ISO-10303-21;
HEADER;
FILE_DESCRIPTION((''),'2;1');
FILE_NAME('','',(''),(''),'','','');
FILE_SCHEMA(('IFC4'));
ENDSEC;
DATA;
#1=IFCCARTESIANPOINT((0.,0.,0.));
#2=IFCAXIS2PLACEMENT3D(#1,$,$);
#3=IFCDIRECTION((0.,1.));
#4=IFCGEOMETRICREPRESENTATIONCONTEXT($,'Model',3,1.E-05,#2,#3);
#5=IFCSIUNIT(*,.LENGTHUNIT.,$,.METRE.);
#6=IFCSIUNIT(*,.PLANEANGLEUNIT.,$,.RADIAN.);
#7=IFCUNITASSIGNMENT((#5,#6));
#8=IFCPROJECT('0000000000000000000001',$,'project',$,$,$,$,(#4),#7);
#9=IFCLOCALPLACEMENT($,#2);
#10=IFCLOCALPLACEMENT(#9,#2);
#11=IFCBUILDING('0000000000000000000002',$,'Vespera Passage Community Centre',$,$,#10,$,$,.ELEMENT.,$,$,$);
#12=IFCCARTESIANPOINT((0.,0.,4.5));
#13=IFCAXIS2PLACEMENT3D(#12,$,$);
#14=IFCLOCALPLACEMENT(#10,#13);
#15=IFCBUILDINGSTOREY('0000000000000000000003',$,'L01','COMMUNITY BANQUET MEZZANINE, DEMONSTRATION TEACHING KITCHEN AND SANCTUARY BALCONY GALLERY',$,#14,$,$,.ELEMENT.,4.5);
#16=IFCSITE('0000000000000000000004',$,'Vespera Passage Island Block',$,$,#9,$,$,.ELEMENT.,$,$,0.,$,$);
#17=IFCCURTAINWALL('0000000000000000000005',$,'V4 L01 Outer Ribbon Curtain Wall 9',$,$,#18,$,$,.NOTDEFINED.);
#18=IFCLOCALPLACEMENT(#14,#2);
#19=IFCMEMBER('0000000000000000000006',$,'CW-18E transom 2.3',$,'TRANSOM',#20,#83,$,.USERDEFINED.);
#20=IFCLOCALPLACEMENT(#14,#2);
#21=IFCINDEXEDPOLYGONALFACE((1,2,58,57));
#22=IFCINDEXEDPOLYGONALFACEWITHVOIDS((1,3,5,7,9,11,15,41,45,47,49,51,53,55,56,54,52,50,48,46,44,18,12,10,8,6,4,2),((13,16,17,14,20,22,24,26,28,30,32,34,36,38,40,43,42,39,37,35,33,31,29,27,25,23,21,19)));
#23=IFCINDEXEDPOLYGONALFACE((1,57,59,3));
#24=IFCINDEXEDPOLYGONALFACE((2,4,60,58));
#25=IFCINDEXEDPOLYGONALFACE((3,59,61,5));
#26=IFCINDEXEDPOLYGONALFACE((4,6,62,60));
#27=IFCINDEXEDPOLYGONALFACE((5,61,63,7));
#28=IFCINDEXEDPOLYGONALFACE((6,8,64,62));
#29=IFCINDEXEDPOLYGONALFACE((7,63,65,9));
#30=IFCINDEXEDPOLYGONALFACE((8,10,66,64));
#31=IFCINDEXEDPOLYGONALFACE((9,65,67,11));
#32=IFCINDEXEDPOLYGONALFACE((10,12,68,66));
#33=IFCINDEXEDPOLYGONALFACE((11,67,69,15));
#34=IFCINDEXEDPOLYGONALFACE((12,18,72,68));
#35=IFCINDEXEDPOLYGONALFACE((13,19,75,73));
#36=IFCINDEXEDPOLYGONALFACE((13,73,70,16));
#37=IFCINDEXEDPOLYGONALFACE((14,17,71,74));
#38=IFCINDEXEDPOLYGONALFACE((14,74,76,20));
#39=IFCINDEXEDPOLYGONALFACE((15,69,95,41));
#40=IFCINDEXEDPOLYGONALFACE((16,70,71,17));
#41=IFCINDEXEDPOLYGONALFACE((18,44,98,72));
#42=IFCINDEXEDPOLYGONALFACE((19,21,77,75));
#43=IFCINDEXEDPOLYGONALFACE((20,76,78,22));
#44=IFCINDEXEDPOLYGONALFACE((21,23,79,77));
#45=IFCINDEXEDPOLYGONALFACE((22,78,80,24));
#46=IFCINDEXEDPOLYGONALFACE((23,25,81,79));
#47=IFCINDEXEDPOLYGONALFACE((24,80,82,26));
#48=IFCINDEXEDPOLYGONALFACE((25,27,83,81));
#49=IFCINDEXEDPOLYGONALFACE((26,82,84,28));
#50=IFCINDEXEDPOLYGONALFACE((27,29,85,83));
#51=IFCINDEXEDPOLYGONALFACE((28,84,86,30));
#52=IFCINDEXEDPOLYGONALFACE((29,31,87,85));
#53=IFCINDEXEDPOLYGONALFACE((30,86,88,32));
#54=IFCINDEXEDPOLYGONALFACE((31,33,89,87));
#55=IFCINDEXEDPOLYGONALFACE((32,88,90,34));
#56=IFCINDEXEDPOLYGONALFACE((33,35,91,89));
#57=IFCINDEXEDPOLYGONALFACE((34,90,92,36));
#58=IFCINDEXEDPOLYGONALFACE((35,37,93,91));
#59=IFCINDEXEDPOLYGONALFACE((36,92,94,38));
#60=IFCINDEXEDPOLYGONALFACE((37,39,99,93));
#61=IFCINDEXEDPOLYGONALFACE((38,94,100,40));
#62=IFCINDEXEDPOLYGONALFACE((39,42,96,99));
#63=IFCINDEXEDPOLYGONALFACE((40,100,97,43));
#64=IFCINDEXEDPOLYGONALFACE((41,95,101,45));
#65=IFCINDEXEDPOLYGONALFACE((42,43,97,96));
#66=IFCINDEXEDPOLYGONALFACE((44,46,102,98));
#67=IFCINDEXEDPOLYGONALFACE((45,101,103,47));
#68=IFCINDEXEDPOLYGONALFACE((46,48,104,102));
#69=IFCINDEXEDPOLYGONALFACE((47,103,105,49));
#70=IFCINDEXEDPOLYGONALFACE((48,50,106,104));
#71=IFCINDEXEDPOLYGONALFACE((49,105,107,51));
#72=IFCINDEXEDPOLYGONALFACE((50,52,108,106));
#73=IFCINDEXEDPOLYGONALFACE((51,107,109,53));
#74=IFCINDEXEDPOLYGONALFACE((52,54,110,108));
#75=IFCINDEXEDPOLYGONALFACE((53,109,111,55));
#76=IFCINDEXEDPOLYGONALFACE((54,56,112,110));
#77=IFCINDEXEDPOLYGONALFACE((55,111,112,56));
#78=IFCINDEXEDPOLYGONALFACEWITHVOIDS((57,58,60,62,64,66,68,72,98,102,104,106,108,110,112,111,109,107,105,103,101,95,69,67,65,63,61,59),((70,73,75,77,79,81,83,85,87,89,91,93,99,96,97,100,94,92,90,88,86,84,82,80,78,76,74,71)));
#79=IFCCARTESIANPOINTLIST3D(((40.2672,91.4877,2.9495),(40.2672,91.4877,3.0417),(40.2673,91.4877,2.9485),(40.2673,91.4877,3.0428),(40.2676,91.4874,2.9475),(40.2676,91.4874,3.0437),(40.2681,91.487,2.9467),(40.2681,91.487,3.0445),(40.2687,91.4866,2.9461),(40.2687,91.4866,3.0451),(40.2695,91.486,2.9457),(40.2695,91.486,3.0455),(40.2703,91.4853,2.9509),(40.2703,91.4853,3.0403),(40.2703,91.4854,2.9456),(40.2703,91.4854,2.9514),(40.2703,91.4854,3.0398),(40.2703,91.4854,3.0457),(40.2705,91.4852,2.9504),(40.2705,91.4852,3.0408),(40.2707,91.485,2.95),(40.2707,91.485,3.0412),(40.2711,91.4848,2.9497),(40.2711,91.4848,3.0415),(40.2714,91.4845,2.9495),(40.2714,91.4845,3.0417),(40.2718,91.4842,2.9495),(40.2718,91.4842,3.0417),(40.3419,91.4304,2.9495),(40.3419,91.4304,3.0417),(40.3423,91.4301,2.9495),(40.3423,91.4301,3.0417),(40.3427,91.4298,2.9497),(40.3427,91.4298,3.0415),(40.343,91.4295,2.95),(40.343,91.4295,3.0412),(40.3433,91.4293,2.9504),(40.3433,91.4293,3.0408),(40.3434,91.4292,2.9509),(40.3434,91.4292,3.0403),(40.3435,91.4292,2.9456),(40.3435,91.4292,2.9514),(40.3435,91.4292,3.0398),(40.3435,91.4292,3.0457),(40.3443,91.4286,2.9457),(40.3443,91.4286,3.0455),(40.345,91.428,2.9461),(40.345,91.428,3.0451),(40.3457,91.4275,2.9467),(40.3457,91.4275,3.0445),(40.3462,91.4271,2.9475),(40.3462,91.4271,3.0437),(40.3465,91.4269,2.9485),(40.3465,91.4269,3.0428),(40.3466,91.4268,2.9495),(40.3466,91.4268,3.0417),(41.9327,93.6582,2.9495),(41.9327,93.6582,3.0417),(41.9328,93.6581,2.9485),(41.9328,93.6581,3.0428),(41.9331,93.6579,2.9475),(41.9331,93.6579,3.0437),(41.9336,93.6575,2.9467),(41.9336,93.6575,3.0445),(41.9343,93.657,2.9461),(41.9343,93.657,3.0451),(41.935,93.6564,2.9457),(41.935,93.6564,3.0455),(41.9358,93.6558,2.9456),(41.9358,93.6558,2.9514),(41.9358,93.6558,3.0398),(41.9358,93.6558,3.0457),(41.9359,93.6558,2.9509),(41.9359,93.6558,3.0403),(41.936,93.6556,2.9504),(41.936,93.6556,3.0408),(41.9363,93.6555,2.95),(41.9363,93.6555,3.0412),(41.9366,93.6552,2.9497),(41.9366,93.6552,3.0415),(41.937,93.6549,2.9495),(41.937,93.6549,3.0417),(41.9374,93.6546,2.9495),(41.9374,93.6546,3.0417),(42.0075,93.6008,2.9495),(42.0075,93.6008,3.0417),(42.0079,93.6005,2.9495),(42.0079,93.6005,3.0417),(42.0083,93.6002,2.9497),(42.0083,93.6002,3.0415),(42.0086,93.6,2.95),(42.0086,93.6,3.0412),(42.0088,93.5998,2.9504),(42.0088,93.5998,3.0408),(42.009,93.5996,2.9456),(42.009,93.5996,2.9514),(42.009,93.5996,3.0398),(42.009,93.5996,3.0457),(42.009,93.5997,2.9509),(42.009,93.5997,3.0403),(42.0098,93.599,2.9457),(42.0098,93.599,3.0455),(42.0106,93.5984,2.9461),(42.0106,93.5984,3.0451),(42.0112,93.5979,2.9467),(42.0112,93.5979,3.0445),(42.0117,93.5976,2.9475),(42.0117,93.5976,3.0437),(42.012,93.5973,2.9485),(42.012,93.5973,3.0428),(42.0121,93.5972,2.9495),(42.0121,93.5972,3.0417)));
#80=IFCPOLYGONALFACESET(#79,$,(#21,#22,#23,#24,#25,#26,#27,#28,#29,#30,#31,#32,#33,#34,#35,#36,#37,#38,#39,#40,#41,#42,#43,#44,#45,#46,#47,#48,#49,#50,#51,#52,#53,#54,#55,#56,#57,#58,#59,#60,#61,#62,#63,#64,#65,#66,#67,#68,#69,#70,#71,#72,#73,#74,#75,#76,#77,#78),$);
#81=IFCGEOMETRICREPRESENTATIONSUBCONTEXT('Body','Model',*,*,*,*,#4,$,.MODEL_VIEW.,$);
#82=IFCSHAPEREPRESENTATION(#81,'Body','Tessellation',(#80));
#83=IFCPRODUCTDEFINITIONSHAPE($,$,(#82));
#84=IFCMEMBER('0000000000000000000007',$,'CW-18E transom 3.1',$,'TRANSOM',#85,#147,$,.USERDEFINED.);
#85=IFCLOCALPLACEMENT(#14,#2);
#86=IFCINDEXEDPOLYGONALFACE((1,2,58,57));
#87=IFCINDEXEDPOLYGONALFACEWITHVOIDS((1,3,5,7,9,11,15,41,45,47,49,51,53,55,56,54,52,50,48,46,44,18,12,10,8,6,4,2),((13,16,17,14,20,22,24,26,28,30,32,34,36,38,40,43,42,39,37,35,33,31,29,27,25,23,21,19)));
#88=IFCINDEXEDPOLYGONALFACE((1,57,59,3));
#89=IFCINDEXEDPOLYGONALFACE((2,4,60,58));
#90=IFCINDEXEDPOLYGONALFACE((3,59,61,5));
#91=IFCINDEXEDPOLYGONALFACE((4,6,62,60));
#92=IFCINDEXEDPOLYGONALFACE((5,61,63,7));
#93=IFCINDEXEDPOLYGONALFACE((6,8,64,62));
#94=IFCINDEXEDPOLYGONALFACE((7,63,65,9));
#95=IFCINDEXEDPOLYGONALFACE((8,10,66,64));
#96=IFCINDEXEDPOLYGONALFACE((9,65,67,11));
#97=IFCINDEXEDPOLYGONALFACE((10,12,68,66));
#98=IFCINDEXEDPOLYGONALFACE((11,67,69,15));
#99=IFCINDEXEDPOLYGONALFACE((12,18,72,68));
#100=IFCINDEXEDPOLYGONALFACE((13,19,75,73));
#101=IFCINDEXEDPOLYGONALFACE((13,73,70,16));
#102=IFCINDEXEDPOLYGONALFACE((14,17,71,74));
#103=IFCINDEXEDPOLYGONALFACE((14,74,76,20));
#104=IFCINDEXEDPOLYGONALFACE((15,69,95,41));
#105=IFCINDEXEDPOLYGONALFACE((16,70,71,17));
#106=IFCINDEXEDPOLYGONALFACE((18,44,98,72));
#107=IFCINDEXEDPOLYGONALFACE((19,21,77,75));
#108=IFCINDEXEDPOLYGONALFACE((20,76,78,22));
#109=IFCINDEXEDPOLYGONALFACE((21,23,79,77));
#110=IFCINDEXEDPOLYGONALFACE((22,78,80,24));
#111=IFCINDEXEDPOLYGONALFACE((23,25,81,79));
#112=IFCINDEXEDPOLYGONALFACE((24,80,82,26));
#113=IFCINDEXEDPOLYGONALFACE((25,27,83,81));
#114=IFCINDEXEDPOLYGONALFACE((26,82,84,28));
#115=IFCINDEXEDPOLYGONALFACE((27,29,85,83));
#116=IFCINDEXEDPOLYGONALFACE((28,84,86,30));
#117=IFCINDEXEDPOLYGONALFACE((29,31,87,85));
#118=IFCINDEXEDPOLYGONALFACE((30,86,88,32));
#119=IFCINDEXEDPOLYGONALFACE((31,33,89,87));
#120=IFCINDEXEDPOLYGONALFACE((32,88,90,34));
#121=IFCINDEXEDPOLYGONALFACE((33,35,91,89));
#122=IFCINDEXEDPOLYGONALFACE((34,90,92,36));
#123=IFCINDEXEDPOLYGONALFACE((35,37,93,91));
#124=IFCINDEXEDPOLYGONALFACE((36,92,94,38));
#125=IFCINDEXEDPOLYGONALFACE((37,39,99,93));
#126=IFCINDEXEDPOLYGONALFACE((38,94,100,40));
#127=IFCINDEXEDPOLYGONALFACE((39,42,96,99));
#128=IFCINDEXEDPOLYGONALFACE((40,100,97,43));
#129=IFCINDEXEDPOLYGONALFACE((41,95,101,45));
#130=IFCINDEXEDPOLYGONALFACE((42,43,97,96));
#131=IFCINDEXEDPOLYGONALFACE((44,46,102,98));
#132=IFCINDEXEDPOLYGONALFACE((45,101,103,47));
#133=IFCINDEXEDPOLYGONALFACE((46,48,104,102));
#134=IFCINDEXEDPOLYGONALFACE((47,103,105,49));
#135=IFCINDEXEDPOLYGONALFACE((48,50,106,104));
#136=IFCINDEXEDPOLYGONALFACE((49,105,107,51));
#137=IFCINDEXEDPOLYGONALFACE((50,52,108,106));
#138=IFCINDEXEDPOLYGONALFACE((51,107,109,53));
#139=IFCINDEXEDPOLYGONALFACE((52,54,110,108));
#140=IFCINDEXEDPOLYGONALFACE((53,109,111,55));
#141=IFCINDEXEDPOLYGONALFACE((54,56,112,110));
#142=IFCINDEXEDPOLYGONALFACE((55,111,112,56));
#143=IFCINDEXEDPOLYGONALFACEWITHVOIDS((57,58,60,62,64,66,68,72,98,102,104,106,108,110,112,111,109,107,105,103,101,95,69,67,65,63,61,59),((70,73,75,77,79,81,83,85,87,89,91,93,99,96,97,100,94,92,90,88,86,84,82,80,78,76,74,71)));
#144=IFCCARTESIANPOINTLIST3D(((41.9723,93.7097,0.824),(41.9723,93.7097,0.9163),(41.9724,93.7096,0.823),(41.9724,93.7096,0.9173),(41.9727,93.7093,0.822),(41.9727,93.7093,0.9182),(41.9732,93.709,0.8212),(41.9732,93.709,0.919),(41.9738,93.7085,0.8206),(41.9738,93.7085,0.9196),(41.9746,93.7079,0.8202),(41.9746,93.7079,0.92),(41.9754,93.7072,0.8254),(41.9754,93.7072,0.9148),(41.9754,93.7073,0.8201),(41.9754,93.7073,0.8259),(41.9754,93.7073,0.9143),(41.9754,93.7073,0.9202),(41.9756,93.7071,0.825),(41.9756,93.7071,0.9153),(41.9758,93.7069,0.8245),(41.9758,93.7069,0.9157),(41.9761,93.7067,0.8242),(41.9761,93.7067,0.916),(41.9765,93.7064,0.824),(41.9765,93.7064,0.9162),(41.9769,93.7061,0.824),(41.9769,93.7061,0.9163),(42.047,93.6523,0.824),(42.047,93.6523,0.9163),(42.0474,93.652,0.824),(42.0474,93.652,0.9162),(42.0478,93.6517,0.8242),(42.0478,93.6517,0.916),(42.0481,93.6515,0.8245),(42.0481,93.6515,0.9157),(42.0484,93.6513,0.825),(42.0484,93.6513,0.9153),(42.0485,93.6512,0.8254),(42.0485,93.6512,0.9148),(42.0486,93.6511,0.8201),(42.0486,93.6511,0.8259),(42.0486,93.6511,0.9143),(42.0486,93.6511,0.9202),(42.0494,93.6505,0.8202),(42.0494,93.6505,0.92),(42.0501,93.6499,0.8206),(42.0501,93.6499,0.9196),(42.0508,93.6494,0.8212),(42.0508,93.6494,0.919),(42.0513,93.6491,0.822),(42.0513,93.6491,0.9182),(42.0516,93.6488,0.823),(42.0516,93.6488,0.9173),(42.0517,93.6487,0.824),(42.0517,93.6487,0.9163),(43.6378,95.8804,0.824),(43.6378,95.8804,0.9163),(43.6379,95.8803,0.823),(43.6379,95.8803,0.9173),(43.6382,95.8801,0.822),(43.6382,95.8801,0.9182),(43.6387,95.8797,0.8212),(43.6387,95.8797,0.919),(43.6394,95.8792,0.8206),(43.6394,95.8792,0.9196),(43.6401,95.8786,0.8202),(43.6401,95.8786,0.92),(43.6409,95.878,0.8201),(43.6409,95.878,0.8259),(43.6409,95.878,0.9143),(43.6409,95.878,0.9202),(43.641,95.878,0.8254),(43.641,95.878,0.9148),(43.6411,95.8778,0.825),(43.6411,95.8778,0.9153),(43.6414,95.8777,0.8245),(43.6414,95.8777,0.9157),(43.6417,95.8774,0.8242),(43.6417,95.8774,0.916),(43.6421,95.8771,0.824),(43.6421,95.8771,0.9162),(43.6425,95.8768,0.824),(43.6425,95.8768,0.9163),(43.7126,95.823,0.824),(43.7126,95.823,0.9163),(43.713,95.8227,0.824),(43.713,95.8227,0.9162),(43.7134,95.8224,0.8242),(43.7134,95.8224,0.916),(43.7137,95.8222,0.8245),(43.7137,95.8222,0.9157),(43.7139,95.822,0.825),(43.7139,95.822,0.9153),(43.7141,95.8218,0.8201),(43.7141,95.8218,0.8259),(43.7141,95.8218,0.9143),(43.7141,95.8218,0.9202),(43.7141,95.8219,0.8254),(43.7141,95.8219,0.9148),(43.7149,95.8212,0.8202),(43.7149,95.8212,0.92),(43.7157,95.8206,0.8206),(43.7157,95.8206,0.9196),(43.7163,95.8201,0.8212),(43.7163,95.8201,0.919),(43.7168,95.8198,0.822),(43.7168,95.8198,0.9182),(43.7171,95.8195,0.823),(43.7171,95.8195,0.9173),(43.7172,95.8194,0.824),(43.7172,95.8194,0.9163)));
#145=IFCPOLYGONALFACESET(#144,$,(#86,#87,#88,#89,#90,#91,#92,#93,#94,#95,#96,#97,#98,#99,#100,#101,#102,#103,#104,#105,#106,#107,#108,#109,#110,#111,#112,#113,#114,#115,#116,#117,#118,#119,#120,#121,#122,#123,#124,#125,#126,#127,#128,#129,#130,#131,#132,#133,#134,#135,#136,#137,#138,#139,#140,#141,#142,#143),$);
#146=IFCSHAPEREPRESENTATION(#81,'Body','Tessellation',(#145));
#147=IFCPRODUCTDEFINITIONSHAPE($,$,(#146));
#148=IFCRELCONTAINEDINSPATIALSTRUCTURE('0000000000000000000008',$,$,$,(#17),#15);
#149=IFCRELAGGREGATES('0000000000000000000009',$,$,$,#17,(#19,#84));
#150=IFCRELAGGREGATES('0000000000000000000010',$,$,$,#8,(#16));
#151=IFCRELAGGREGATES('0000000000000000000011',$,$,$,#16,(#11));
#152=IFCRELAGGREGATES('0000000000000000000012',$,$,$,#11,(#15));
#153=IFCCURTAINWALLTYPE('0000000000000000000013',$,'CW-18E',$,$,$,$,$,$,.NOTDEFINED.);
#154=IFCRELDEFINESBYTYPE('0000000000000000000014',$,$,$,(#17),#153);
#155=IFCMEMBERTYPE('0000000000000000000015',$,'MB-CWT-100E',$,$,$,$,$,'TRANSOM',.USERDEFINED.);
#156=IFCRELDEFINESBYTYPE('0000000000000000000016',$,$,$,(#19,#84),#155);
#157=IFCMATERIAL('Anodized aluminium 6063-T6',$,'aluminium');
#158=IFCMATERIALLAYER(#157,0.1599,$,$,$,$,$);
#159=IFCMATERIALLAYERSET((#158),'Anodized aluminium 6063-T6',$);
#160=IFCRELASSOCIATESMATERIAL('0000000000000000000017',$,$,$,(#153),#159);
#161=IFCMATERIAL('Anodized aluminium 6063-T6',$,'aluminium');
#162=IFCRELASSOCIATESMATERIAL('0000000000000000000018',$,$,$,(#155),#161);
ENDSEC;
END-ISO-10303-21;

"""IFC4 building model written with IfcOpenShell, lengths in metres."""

from ifc_helpers import new_model, si_unit, direction, frame, origin, origin_2d, place, context, subcontext, project, spatial, hollow_rectangle, extrude, material, layer, layer_set, material_profile, profile_set, type_object, element, aggregate, save


model = new_model("IFC4")

# Units and contexts
model_context = context("Model", 3, precision=1e-05, world=origin(), true_north=direction((0.0, 1.0)))
body_context = subcontext(model_context, "Body", "Model", "MODEL_VIEW")
ifc_project = project(units=[si_unit("LENGTHUNIT", "METRE"), si_unit("PLANEANGLEUNIT", "RADIAN")], contexts=[model_context])

# Site, building, storey
site_placement = place(None, origin())
site = spatial("IfcSite", under=ifc_project, at=site_placement, Name="Vespera Passage Island Block", CompositionType="ELEMENT", RefElevation=0.0)
building_placement = place(site_placement, origin())
building = spatial("IfcBuilding", under=site, at=building_placement, Name="Vespera Passage Community Centre", CompositionType="ELEMENT")
storey_placement = place(building_placement, frame((0.0, 0.0, 4.5)))
storey = spatial("IfcBuildingStorey", under=building, at=storey_placement, Name="L01", Description="COMMUNITY BANQUET MEZZANINE, DEMONSTRATION TEACHING KITCHEN AND SANCTUARY BALCONY GALLERY", CompositionType="ELEMENT", Elevation=4.5)

# Curtain wall
ifc_material_1 = material(Name="Anodized aluminium 6063-T6", Category="aluminium")
ifc_layer_1 = layer(ifc_material_1, 0.1599)
ifc_layer_set_1 = layer_set([ifc_layer_1], Name="Anodized aluminium 6063-T6")
curtain_wall_type_1 = type_object("IfcCurtainWallType", Name="CW-18E", PredefinedType="NOTDEFINED", material=ifc_layer_set_1)
curtain_wall_1_placement = place(storey_placement, origin())
curtain_wall_1 = element("IfcCurtainWall", 1, at=curtain_wall_1_placement, inside=storey, type_object=curtain_wall_type_1, Name="V4 L01 Outer Ribbon Curtain Wall 9", PredefinedType="NOTDEFINED")

# Members
ifc_material_2 = material(Name="Anodized aluminium 6063-T6", Category="aluminium")
ifc_material_profile_1 = material_profile(ifc_material_2, hollow_rectangle(XDim=0.1001, YDim=0.1001, WallThickness=0.0039, InnerFilletRadius=0.002, OuterFilletRadius=0.0039, at=origin_2d()), Name="ALU100X100X4")
ifc_profile_set_1 = profile_set([ifc_material_profile_1], Name="Anodized aluminium 6063-T6")
member_type_1 = type_object("IfcMemberType", Name="MB-CWT-100E", ElementType="TRANSOM", PredefinedType="USERDEFINED", material=ifc_profile_set_1)
member_1_placement = place(storey_placement, frame((40.3069, 91.4573, 2.9956), z_axis=(0.608787, 0.793333, 0.0), x_axis=(-0.793333, 0.608787, 0.0)))
member_1 = element("IfcMember", 2, at=member_1_placement, type_object=member_type_1, Name="CW-18E transom 2.3", ObjectType="TRANSOM", PredefinedType="USERDEFINED", context=body_context, shape_type="SweptSolid", body=[
    extrude(hollow_rectangle(XDim=0.1001, YDim=0.1001, WallThickness=0.0039, InnerFilletRadius=0.002, OuterFilletRadius=0.0039, at=origin_2d()), origin(), (0.0, 0.0, 1.0), 2.7358),
])
member_2_placement = place(storey_placement, frame((42.012, 93.6792, 0.8701), z_axis=(0.608744, 0.793366, 0.0), x_axis=(-0.793366, 0.608744, 0.0)))
member_2 = element("IfcMember", 3, at=member_2_placement, type_object=member_type_1, Name="CW-18E transom 3.1", ObjectType="TRANSOM", PredefinedType="USERDEFINED", context=body_context, shape_type="SweptSolid", body=[
    extrude(hollow_rectangle(XDim=0.1001, YDim=0.1001, WallThickness=0.0039, InnerFilletRadius=0.002, OuterFilletRadius=0.0039, at=origin_2d()), origin(), (0.0, 0.0, 1.0), 2.7361),
])

aggregate(curtain_wall_1, [member_1, member_2])

save(model, "model.ifc")
